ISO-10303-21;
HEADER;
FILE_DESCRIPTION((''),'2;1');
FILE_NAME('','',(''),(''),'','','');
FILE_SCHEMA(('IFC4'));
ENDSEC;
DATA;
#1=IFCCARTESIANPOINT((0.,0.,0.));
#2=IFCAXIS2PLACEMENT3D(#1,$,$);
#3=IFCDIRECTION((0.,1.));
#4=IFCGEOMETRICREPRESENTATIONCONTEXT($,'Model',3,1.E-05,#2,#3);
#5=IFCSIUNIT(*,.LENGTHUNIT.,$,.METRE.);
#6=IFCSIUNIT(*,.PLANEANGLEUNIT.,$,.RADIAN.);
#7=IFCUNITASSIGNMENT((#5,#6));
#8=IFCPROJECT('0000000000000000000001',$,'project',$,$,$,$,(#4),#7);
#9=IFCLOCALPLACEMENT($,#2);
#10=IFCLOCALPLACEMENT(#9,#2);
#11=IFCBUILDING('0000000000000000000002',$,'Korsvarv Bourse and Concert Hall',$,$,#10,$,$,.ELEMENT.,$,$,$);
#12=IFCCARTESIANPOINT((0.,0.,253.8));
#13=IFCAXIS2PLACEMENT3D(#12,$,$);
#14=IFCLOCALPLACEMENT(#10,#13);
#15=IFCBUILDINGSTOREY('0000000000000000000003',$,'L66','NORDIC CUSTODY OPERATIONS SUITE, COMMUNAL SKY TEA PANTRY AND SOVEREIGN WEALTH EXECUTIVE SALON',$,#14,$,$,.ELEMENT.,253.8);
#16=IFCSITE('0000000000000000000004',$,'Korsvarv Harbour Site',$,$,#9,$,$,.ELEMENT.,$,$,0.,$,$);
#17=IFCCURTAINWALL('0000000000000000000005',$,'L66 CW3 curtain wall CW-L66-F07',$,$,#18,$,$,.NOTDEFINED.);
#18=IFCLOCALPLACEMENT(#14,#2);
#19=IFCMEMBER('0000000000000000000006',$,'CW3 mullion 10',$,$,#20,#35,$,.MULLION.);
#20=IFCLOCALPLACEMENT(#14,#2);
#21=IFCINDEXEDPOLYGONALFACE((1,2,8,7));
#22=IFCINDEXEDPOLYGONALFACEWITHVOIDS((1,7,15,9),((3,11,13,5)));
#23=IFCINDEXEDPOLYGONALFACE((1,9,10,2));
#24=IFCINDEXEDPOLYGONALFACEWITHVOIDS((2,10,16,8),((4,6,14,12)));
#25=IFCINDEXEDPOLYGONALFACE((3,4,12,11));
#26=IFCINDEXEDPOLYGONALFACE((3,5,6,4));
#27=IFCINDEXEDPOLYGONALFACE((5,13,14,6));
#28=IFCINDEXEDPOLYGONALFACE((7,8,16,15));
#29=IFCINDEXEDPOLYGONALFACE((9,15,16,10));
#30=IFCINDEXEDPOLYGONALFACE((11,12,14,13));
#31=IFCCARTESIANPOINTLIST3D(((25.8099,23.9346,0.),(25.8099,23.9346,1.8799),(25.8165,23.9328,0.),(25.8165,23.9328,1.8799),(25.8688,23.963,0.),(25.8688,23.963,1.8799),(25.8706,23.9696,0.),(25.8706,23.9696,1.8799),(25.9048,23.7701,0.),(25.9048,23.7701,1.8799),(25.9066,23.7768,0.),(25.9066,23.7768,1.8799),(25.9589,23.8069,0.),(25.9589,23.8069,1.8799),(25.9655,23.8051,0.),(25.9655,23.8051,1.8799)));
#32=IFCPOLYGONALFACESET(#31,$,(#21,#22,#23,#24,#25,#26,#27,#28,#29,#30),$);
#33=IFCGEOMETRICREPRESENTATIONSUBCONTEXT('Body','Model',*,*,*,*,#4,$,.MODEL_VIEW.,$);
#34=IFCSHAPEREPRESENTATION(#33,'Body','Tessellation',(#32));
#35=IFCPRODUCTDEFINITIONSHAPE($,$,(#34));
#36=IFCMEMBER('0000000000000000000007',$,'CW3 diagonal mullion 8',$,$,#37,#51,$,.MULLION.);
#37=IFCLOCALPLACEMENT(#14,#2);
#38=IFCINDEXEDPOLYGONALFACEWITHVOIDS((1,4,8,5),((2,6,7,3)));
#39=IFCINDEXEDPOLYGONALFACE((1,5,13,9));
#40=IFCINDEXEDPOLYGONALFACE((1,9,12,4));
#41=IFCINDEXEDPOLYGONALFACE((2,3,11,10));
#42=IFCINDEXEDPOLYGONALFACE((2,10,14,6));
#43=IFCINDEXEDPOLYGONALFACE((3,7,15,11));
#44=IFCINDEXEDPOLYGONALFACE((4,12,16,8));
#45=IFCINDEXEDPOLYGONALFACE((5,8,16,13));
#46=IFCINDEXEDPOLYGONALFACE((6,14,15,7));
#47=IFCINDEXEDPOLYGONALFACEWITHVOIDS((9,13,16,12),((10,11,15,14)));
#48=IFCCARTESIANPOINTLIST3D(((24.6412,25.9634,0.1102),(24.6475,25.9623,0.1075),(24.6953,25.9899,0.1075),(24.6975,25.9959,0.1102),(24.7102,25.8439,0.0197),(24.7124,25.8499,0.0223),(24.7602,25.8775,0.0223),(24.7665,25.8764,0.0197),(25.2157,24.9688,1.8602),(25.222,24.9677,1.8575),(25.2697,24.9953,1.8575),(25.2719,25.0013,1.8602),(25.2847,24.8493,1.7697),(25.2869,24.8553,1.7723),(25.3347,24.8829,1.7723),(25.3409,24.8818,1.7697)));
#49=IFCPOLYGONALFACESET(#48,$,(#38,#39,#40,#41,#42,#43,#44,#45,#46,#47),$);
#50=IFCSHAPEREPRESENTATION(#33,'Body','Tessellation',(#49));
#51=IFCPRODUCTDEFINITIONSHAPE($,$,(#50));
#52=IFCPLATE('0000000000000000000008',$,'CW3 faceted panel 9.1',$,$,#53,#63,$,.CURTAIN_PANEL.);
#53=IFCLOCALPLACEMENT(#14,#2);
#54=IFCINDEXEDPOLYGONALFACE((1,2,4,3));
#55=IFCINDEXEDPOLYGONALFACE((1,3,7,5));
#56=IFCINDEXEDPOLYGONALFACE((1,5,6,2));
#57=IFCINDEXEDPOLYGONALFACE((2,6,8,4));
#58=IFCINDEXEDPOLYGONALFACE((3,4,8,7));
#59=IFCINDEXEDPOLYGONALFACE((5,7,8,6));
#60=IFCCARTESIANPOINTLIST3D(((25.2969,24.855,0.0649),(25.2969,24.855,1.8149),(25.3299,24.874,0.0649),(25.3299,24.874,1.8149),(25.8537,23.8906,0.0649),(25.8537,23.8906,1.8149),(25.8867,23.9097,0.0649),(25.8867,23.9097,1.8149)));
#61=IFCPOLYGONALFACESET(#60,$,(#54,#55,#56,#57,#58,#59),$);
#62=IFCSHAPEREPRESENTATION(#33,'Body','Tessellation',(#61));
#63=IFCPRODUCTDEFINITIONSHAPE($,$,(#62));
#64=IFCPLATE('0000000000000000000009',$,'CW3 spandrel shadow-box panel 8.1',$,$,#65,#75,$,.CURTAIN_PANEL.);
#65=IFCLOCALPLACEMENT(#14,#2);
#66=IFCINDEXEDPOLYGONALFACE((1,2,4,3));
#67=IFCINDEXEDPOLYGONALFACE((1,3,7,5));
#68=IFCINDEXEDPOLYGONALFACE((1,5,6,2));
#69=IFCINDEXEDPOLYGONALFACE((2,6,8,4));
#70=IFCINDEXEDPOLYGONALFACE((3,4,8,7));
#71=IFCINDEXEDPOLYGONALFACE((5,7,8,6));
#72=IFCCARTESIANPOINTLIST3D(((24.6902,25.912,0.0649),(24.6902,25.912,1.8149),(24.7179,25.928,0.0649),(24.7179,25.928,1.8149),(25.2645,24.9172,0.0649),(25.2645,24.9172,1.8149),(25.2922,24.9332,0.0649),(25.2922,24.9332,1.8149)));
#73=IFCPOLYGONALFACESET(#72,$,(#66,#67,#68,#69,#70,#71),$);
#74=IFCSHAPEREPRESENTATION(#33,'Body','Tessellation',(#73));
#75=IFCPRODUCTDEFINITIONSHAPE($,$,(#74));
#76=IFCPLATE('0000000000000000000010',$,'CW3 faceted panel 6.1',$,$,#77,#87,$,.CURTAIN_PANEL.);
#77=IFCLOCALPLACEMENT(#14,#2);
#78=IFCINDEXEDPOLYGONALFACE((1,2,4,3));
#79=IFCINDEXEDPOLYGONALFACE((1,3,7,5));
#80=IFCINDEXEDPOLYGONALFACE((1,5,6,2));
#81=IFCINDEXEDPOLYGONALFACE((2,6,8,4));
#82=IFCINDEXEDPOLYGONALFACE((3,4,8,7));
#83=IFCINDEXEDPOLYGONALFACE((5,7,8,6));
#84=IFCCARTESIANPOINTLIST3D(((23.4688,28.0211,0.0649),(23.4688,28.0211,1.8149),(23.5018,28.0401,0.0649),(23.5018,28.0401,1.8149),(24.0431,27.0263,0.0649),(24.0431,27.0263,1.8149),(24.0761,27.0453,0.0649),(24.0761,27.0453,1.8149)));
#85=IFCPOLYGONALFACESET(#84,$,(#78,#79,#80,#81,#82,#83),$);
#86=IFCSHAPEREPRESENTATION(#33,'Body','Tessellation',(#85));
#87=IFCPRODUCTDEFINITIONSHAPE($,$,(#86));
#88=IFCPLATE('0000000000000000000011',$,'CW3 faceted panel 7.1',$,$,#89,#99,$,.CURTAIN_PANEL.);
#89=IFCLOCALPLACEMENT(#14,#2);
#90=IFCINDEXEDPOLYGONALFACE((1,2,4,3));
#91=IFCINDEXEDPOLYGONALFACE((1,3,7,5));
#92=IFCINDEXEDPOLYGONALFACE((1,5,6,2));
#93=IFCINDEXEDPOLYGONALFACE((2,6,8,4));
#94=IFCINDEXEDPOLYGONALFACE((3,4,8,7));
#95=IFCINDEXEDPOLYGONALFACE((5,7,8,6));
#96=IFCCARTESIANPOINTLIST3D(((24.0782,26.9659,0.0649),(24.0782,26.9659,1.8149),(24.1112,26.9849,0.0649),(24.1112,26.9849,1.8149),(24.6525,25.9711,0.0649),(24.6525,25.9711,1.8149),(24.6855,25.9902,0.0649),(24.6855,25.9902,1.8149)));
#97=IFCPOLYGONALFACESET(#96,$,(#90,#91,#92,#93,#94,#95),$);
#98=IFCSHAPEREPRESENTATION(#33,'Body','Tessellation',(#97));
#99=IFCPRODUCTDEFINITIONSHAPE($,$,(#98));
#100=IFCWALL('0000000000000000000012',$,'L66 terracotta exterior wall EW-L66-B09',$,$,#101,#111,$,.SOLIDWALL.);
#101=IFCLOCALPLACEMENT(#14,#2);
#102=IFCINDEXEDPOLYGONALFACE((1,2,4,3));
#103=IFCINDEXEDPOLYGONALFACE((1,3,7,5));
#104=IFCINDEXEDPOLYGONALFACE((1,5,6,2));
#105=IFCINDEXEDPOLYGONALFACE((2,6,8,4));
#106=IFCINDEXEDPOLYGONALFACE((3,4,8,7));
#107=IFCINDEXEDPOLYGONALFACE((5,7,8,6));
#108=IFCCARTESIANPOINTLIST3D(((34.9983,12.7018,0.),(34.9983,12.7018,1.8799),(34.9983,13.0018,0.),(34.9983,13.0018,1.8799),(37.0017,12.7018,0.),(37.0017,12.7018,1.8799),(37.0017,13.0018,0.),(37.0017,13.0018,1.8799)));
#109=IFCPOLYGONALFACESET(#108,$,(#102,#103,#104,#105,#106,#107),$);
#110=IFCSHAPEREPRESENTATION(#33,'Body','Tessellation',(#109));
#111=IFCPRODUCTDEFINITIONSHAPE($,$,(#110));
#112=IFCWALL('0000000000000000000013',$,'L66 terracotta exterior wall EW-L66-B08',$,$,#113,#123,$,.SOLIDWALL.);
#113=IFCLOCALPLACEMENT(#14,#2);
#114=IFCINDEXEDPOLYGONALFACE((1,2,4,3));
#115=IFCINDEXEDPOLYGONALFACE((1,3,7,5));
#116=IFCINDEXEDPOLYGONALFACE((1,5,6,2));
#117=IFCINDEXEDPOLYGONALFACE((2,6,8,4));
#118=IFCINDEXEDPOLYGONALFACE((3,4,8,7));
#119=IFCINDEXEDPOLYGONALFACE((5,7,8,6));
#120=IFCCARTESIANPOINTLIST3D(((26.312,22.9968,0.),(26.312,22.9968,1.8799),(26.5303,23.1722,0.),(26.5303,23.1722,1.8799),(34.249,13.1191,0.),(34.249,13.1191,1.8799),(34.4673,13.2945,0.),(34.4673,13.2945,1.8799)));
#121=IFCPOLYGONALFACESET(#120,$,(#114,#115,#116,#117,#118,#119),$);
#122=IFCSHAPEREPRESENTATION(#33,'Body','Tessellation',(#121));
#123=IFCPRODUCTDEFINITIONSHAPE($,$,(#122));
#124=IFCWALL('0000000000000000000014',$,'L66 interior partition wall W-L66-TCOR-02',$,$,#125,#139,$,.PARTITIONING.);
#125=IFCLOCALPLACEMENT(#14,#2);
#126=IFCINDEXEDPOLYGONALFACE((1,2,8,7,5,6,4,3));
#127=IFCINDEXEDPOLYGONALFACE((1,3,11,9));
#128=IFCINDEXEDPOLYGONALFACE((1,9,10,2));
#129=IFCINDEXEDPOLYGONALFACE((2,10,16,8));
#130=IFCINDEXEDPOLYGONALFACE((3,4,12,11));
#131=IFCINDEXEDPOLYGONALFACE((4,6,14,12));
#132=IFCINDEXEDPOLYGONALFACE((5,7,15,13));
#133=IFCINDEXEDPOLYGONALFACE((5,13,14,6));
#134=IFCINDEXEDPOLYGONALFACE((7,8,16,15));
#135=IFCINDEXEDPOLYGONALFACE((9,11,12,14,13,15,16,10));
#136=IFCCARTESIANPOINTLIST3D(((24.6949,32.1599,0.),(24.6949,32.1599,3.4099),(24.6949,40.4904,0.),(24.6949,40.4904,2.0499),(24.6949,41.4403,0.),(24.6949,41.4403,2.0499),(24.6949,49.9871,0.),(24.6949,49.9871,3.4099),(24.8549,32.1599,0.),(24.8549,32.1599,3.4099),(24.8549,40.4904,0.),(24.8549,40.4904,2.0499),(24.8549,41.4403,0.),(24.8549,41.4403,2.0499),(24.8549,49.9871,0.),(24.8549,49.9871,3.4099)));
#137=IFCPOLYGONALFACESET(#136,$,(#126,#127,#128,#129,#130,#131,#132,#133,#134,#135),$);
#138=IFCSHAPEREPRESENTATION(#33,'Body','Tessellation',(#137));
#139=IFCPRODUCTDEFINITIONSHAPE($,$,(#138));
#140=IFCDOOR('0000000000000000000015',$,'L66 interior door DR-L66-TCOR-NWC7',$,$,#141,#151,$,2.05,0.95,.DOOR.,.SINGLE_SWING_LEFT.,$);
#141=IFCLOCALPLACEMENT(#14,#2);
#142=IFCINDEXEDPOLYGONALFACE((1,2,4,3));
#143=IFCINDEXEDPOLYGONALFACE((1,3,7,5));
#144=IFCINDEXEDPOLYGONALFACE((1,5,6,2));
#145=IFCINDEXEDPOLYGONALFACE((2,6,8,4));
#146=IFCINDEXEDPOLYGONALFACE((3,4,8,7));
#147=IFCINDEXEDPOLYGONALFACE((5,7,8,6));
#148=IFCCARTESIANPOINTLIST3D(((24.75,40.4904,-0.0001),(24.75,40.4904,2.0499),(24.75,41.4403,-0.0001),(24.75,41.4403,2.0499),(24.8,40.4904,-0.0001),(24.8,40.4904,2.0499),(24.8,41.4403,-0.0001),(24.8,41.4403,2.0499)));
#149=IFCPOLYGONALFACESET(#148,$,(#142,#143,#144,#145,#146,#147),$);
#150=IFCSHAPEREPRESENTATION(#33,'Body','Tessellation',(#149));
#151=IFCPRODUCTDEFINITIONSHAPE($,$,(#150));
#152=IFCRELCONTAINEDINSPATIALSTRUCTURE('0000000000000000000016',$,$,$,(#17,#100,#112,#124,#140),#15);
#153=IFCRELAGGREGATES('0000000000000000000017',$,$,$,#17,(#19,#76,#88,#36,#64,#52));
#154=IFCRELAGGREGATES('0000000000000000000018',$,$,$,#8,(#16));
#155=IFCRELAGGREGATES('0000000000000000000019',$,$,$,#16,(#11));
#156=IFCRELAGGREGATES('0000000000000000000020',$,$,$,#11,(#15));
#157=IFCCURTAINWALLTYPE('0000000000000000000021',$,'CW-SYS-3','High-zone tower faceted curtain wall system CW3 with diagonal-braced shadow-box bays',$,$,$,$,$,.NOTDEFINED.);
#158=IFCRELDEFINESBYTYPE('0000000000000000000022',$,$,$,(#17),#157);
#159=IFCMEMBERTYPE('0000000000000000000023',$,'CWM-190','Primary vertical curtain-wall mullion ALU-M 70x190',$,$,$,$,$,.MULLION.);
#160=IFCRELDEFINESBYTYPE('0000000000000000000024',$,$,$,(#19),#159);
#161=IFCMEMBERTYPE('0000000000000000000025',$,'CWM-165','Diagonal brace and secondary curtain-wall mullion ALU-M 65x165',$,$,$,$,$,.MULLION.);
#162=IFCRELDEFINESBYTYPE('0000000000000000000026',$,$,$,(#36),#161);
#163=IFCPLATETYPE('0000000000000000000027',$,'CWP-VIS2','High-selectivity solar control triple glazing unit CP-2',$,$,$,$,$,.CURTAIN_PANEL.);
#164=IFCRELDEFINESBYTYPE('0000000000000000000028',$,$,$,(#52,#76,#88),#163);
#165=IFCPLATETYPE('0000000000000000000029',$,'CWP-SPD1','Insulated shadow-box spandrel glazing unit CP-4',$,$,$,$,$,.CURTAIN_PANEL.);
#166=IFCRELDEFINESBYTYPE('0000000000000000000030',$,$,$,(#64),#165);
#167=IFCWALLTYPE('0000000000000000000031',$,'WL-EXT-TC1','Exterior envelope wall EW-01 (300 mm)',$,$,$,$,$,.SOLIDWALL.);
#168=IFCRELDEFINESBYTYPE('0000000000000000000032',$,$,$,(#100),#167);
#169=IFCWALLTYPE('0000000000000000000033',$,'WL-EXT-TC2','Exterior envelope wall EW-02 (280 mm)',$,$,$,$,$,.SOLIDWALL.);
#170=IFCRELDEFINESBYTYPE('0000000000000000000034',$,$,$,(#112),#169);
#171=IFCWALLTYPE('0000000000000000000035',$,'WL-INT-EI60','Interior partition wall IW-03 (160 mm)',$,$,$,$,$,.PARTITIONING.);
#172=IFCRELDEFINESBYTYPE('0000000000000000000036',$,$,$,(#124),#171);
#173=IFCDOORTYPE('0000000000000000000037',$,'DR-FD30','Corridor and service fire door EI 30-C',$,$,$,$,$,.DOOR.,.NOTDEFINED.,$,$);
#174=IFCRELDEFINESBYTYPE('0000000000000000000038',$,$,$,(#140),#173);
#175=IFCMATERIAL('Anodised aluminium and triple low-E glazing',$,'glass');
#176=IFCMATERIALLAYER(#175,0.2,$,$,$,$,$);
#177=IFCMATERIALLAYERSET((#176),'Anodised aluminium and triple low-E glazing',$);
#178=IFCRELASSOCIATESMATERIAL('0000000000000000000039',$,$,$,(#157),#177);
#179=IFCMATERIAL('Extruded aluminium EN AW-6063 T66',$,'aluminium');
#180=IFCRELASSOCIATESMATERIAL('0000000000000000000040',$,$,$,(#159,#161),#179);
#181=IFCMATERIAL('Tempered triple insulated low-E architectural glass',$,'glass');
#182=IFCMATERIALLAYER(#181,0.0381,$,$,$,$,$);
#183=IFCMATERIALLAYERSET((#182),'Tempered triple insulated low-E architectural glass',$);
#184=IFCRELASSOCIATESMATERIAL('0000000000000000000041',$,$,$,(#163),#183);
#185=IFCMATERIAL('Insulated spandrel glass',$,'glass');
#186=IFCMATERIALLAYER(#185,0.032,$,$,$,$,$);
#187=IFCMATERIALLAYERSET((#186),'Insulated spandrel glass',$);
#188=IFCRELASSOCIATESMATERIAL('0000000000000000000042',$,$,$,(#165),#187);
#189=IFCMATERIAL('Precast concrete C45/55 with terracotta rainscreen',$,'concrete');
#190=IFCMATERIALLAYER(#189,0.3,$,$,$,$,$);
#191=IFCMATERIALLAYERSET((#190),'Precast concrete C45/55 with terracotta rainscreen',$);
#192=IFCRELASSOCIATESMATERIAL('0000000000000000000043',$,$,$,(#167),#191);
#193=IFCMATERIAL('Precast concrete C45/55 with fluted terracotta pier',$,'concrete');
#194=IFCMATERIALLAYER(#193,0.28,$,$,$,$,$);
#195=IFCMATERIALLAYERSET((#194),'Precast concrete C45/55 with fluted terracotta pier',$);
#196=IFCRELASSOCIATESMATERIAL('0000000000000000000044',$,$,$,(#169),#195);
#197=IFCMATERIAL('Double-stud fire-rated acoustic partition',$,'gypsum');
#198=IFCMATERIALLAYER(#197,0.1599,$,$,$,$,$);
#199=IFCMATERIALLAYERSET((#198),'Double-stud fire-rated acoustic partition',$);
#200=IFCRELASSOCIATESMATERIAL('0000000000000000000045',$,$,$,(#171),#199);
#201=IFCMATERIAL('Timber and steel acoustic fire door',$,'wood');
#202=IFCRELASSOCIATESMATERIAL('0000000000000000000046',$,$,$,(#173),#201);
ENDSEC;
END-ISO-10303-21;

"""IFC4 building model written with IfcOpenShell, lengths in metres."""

from ifc_helpers import new_model, si_unit, direction, frame, frame_2d, origin, origin_2d, place, context, subcontext, project, spatial, rectangle, hollow_rectangle, extrude, source, transform, mapped, material, layer, layer_set, material_profile, profile_set, type_object, element, fill, aggregate, save


model = new_model("IFC4")

# Units and contexts
model_context = context("Model", 3, precision=1e-05, world=origin(), true_north=direction((0.0, 1.0)))
body_context = subcontext(model_context, "Body", "Model", "MODEL_VIEW")
ifc_project = project(units=[si_unit("LENGTHUNIT", "METRE"), si_unit("PLANEANGLEUNIT", "RADIAN")], contexts=[model_context])

# Site, building, storey
site_placement = place(None, origin())
site = spatial("IfcSite", under=ifc_project, at=site_placement, Name="Korsvarv Harbour Site", CompositionType="ELEMENT", RefElevation=0.0)
building_placement = place(site_placement, origin())
building = spatial("IfcBuilding", under=site, at=building_placement, Name="Korsvarv Bourse and Concert Hall", CompositionType="ELEMENT")
storey_placement = place(building_placement, frame((0.0, 0.0, 253.8)))
storey = spatial("IfcBuildingStorey", under=building, at=storey_placement, Name="L66", Description="NORDIC CUSTODY OPERATIONS SUITE, COMMUNAL SKY TEA PANTRY AND SOVEREIGN WEALTH EXECUTIVE SALON", CompositionType="ELEMENT", Elevation=253.8)

# Curtain wall, members, plates
ifc_material_1 = material(Name="Anodised aluminium and triple low-E glazing", Category="glass")
ifc_layer_1 = layer(ifc_material_1, 0.2)
ifc_layer_set_1 = layer_set([ifc_layer_1], Name="Anodised aluminium and triple low-E glazing")
curtain_wall_type = type_object("IfcCurtainWallType", Name="CW-SYS-3", Description="High-zone tower faceted curtain wall system CW3 with diagonal-braced shadow-box bays", PredefinedType="NOTDEFINED", material=ifc_layer_set_1)
curtain_wall_placement = place(storey_placement, origin())
curtain_wall = element("IfcCurtainWall", 1, at=curtain_wall_placement, inside=storey, type_object=curtain_wall_type, Name="L66 CW3 curtain wall CW-L66-F07", PredefinedType="NOTDEFINED")
ifc_material_2 = material(Name="Extruded aluminium EN AW-6063 T66", Category="aluminium")
ifc_material_profile_1 = material_profile(ifc_material_2, hollow_rectangle(XDim=0.0701, YDim=0.1899, WallThickness=0.0049, at=origin_2d()), Name="ALU-M 70x190")
ifc_profile_set_1 = profile_set([ifc_material_profile_1], Name="Extruded aluminium EN AW-6063 T66")
member_type_1 = type_object("IfcMemberType", Name="CWM-190", Description="Primary vertical curtain-wall mullion ALU-M 70x190", PredefinedType="MULLION", material=ifc_profile_set_1)
shared_shape_1 = source(origin(), body_context, "Body", "SweptSolid", [
    extrude(hollow_rectangle(XDim=0.0701, YDim=0.1899, WallThickness=0.0049, at=origin_2d()), origin(), (0.0, 0.0, 1.0), 1.8799),
])
member_1_placement = place(storey_placement, frame((25.8877, 23.8699, 0.0), z_axis=(0.0, 0.0, 1.0), x_axis=(0.866023, 0.500004, 0.0)))
member_1 = element("IfcMember", 2, at=member_1_placement, type_object=member_type_1, Name="CW3 mullion 10", PredefinedType="MULLION", context=body_context, shape_type="MappedRepresentation", body=[
    mapped(shared_shape_1, transform((0.0, 0.0, 0.0), scale=1.0)),
])
ifc_material_profile_2 = material_profile(ifc_material_2, hollow_rectangle(XDim=0.0649, YDim=0.165, WallThickness=0.0049, at=origin_2d()), Name="ALU-M 65x165")
ifc_profile_set_2 = profile_set([ifc_material_profile_2], Name="Extruded aluminium EN AW-6063 T66")
member_type_2 = type_object("IfcMemberType", Name="CWM-165", Description="Diagonal brace and secondary curtain-wall mullion ALU-M 65x165", PredefinedType="MULLION", material=ifc_profile_set_2)
shared_shape_2 = source(origin(), body_context, "Body", "SweptSolid", [
    extrude(hollow_rectangle(XDim=0.0649, YDim=0.165, WallThickness=0.0049, at=origin_2d()), origin(), (0.0, 0.0, 1.0), 2.0933),
])
member_2_placement = place(storey_placement, frame((24.7039, 25.9199, 0.0649), z_axis=(0.274433, -0.475155, 0.836011), x_axis=(0.865945, 0.500139, 0.0)))
member_2 = element("IfcMember", 3, at=member_2_placement, type_object=member_type_2, Name="CW3 diagonal mullion 8", PredefinedType="MULLION", context=body_context, shape_type="MappedRepresentation", body=[
    mapped(shared_shape_2, transform((0.0, 0.0, 0.0), scale=1.0)),
])
ifc_material_3 = material(Name="Tempered triple insulated low-E architectural glass", Category="glass")
ifc_layer_2 = layer(ifc_material_3, 0.0381)
ifc_layer_set_2 = layer_set([ifc_layer_2], Name="Tempered triple insulated low-E architectural glass")
plate_type_1 = type_object("IfcPlateType", Name="CWP-VIS2", Description="High-selectivity solar control triple glazing unit CP-2", PredefinedType="CURTAIN_PANEL", material=ifc_layer_set_2)
shared_shape_3 = source(origin(), body_context, "Body", "SweptSolid", [
    extrude(rectangle(XDim=1.1135, YDim=0.0381, at=origin_2d()), origin(), (0.0, 0.0, 1.0), 1.75),
])
plate_1_placement = place(storey_placement, frame((25.5918, 24.3823, 0.0649), z_axis=(0.0, 0.0, 1.0), x_axis=(0.500004, -0.866023, 0.0)))
plate_1 = element("IfcPlate", 4, at=plate_1_placement, type_object=plate_type_1, Name="CW3 faceted panel 9.1", PredefinedType="CURTAIN_PANEL", context=body_context, shape_type="MappedRepresentation", body=[
    mapped(shared_shape_3, transform((0.0, 0.0, 0.0), scale=1.0)),
])
ifc_material_4 = material(Name="Insulated spandrel glass", Category="glass")
ifc_layer_3 = layer(ifc_material_4, 0.032)
ifc_layer_set_3 = layer_set([ifc_layer_3], Name="Insulated spandrel glass")
plate_type_2 = type_object("IfcPlateType", Name="CWP-SPD1", Description="Insulated shadow-box spandrel glazing unit CP-4", PredefinedType="CURTAIN_PANEL", material=ifc_layer_set_3)
shared_shape_4 = source(origin(), body_context, "Body", "SweptSolid", [
    extrude(rectangle(XDim=1.1487, YDim=0.032, at=origin_2d()), origin(), (0.0, 0.0, 1.0), 1.75),
])
plate_2_placement = place(storey_placement, frame((24.9912, 25.4226, 0.0649), z_axis=(0.0, 0.0, 1.0), x_axis=(0.500004, -0.866023, 0.0)))
plate_2 = element("IfcPlate", 5, at=plate_2_placement, type_object=plate_type_2, Name="CW3 spandrel shadow-box panel 8.1", PredefinedType="CURTAIN_PANEL", context=body_context, shape_type="MappedRepresentation", body=[
    mapped(shared_shape_4, transform((0.0, 0.0, 0.0), scale=1.0)),
])
shared_shape_5 = source(origin(), body_context, "Body", "SweptSolid", [
    extrude(rectangle(XDim=1.1487, YDim=0.0381, at=origin_2d()), origin(), (0.0, 0.0, 1.0), 1.75),
])
plate_3_placement = place(storey_placement, frame((23.7725, 27.5332, 0.0649), z_axis=(0.0, 0.0, 1.0), x_axis=(0.500004, -0.866023, 0.0)))
plate_3 = element("IfcPlate", 6, at=plate_3_placement, type_object=plate_type_1, Name="CW3 faceted panel 6.1", PredefinedType="CURTAIN_PANEL", context=body_context, shape_type="MappedRepresentation", body=[
    mapped(shared_shape_5, transform((0.0, 0.0, 0.0), scale=1.0)),
])
plate_4_placement = place(storey_placement, frame((24.3818, 26.478, 0.0649), z_axis=(0.0, 0.0, 1.0), x_axis=(0.500004, -0.866023, 0.0)))
plate_4 = element("IfcPlate", 7, at=plate_4_placement, type_object=plate_type_1, Name="CW3 faceted panel 7.1", PredefinedType="CURTAIN_PANEL", context=body_context, shape_type="MappedRepresentation", body=[
    mapped(shared_shape_5, transform((0.0, 0.0, 0.0), scale=1.0)),
])
aggregate(curtain_wall, [member_1, plate_3, plate_4, member_2, plate_2, plate_1])

# Walls
ifc_material_5 = material(Name="Precast concrete C45/55 with terracotta rainscreen", Category="concrete")
ifc_layer_4 = layer(ifc_material_5, 0.3)
ifc_layer_set_4 = layer_set([ifc_layer_4], Name="Precast concrete C45/55 with terracotta rainscreen")
wall_type_1 = type_object("IfcWallType", Name="WL-EXT-TC1", Description="Exterior envelope wall EW-01 (300 mm)", PredefinedType="SOLIDWALL", material=ifc_layer_set_4)
wall_1_placement = place(storey_placement, frame((34.9983, 12.8518, 0.0), z_axis=(0.0, 0.0, 1.0), x_axis=(1.0, 0.0, 0.0)))
element("IfcWall", 8, at=wall_1_placement, inside=storey, type_object=wall_type_1, Name="L66 terracotta exterior wall EW-L66-B09", PredefinedType="SOLIDWALL", context=body_context, shape_type="SweptSolid", body=[
    extrude(rectangle(XDim=2.0034, YDim=0.3, at=frame_2d((1.0017, 0.0))), origin(), (0.0, 0.0, 1.0), 1.8799),
])
ifc_material_6 = material(Name="Precast concrete C45/55 with fluted terracotta pier", Category="concrete")
ifc_layer_5 = layer(ifc_material_6, 0.28)
ifc_layer_set_5 = layer_set([ifc_layer_5], Name="Precast concrete C45/55 with fluted terracotta pier")
wall_type_2 = type_object("IfcWallType", Name="WL-EXT-TC2", Description="Exterior envelope wall EW-02 (280 mm)", PredefinedType="SOLIDWALL", material=ifc_layer_set_5)
wall_2_placement = place(storey_placement, frame((26.4211, 23.0845, 0.0), z_axis=(0.0, 0.0, 1.0), x_axis=(0.626371, -0.779525, 0.0)))
element("IfcWall", 9, at=wall_2_placement, inside=storey, type_object=wall_type_2, Name="L66 terracotta exterior wall EW-L66-B08", PredefinedType="SOLIDWALL", context=body_context, shape_type="SweptSolid", body=[
    extrude(rectangle(XDim=12.6714, YDim=0.28, at=frame_2d((6.3357, 0.0))), origin(), (0.0, 0.0, 1.0), 1.8799),
])

# Wall, opening, door
ifc_material_7 = material(Name="Double-stud fire-rated acoustic partition", Category="gypsum")
ifc_layer_6 = layer(ifc_material_7, 0.1599)
ifc_layer_set_6 = layer_set([ifc_layer_6], Name="Double-stud fire-rated acoustic partition")
wall_type_3 = type_object("IfcWallType", Name="WL-INT-EI60", Description="Interior partition wall IW-03 (160 mm)", PredefinedType="PARTITIONING", material=ifc_layer_set_6)
wall_3_placement = place(storey_placement, frame((24.7749, 32.1599, 0.0), z_axis=(0.0, 0.0, 1.0), x_axis=(0.0, 1.0, 0.0)))
wall_3 = element("IfcWall", 10, at=wall_3_placement, inside=storey, type_object=wall_type_3, Name="L66 interior partition wall W-L66-TCOR-02", PredefinedType="PARTITIONING", context=body_context, shape_type="SweptSolid", body=[
    extrude(rectangle(XDim=17.8271, YDim=0.1599, at=frame_2d((8.9136, 0.0))), origin(), (0.0, 0.0, 1.0), 3.4099),
])
opening_1_placement = place(wall_3_placement, frame((8.3303, 0.0, 0.0)))
opening_1 = element("IfcOpeningElement", 11, at=opening_1_placement, cuts=wall_3, PredefinedType="OPENING", context=body_context, shape_type="SweptSolid", body=[
    extrude(rectangle(XDim=0.95, YDim=2.05, at=frame_2d((0.4751, 1.0249))), frame((0.0, 0.0898, 0.0), z_axis=(0.0, -1.0, 0.0), x_axis=(1.0, 0.0, 0.0)), (0.0, 0.0, 1.0), 0.1799),
])
ifc_material_8 = material(Name="Timber and steel acoustic fire door", Category="wood")
door_type_1 = type_object("IfcDoorType", Name="DR-FD30", Description="Corridor and service fire door EI 30-C", OperationType="NOTDEFINED", PredefinedType="DOOR", material=ifc_material_8)
door_1_placement = place(opening_1_placement, origin())
door_1 = element("IfcDoor", 12, at=door_1_placement, inside=storey, type_object=door_type_1, Name="L66 interior door DR-L66-TCOR-NWC7", OperationType="SINGLE_SWING_LEFT", OverallHeight=2.05, OverallWidth=0.95, PredefinedType="DOOR", context=body_context, shape_type="SweptSolid", body=[
    extrude(rectangle(XDim=0.95, YDim=2.05, at=frame_2d((0.4751, 1.0249))), frame((0.0, 0.0249, 0.0), z_axis=(0.0, -1.0, 0.0), x_axis=(1.0, 0.0, 0.0)), (0.0, 0.0, 1.0), 0.05),
])
fill(opening_1, door_1)

save(model, "model.ifc")
